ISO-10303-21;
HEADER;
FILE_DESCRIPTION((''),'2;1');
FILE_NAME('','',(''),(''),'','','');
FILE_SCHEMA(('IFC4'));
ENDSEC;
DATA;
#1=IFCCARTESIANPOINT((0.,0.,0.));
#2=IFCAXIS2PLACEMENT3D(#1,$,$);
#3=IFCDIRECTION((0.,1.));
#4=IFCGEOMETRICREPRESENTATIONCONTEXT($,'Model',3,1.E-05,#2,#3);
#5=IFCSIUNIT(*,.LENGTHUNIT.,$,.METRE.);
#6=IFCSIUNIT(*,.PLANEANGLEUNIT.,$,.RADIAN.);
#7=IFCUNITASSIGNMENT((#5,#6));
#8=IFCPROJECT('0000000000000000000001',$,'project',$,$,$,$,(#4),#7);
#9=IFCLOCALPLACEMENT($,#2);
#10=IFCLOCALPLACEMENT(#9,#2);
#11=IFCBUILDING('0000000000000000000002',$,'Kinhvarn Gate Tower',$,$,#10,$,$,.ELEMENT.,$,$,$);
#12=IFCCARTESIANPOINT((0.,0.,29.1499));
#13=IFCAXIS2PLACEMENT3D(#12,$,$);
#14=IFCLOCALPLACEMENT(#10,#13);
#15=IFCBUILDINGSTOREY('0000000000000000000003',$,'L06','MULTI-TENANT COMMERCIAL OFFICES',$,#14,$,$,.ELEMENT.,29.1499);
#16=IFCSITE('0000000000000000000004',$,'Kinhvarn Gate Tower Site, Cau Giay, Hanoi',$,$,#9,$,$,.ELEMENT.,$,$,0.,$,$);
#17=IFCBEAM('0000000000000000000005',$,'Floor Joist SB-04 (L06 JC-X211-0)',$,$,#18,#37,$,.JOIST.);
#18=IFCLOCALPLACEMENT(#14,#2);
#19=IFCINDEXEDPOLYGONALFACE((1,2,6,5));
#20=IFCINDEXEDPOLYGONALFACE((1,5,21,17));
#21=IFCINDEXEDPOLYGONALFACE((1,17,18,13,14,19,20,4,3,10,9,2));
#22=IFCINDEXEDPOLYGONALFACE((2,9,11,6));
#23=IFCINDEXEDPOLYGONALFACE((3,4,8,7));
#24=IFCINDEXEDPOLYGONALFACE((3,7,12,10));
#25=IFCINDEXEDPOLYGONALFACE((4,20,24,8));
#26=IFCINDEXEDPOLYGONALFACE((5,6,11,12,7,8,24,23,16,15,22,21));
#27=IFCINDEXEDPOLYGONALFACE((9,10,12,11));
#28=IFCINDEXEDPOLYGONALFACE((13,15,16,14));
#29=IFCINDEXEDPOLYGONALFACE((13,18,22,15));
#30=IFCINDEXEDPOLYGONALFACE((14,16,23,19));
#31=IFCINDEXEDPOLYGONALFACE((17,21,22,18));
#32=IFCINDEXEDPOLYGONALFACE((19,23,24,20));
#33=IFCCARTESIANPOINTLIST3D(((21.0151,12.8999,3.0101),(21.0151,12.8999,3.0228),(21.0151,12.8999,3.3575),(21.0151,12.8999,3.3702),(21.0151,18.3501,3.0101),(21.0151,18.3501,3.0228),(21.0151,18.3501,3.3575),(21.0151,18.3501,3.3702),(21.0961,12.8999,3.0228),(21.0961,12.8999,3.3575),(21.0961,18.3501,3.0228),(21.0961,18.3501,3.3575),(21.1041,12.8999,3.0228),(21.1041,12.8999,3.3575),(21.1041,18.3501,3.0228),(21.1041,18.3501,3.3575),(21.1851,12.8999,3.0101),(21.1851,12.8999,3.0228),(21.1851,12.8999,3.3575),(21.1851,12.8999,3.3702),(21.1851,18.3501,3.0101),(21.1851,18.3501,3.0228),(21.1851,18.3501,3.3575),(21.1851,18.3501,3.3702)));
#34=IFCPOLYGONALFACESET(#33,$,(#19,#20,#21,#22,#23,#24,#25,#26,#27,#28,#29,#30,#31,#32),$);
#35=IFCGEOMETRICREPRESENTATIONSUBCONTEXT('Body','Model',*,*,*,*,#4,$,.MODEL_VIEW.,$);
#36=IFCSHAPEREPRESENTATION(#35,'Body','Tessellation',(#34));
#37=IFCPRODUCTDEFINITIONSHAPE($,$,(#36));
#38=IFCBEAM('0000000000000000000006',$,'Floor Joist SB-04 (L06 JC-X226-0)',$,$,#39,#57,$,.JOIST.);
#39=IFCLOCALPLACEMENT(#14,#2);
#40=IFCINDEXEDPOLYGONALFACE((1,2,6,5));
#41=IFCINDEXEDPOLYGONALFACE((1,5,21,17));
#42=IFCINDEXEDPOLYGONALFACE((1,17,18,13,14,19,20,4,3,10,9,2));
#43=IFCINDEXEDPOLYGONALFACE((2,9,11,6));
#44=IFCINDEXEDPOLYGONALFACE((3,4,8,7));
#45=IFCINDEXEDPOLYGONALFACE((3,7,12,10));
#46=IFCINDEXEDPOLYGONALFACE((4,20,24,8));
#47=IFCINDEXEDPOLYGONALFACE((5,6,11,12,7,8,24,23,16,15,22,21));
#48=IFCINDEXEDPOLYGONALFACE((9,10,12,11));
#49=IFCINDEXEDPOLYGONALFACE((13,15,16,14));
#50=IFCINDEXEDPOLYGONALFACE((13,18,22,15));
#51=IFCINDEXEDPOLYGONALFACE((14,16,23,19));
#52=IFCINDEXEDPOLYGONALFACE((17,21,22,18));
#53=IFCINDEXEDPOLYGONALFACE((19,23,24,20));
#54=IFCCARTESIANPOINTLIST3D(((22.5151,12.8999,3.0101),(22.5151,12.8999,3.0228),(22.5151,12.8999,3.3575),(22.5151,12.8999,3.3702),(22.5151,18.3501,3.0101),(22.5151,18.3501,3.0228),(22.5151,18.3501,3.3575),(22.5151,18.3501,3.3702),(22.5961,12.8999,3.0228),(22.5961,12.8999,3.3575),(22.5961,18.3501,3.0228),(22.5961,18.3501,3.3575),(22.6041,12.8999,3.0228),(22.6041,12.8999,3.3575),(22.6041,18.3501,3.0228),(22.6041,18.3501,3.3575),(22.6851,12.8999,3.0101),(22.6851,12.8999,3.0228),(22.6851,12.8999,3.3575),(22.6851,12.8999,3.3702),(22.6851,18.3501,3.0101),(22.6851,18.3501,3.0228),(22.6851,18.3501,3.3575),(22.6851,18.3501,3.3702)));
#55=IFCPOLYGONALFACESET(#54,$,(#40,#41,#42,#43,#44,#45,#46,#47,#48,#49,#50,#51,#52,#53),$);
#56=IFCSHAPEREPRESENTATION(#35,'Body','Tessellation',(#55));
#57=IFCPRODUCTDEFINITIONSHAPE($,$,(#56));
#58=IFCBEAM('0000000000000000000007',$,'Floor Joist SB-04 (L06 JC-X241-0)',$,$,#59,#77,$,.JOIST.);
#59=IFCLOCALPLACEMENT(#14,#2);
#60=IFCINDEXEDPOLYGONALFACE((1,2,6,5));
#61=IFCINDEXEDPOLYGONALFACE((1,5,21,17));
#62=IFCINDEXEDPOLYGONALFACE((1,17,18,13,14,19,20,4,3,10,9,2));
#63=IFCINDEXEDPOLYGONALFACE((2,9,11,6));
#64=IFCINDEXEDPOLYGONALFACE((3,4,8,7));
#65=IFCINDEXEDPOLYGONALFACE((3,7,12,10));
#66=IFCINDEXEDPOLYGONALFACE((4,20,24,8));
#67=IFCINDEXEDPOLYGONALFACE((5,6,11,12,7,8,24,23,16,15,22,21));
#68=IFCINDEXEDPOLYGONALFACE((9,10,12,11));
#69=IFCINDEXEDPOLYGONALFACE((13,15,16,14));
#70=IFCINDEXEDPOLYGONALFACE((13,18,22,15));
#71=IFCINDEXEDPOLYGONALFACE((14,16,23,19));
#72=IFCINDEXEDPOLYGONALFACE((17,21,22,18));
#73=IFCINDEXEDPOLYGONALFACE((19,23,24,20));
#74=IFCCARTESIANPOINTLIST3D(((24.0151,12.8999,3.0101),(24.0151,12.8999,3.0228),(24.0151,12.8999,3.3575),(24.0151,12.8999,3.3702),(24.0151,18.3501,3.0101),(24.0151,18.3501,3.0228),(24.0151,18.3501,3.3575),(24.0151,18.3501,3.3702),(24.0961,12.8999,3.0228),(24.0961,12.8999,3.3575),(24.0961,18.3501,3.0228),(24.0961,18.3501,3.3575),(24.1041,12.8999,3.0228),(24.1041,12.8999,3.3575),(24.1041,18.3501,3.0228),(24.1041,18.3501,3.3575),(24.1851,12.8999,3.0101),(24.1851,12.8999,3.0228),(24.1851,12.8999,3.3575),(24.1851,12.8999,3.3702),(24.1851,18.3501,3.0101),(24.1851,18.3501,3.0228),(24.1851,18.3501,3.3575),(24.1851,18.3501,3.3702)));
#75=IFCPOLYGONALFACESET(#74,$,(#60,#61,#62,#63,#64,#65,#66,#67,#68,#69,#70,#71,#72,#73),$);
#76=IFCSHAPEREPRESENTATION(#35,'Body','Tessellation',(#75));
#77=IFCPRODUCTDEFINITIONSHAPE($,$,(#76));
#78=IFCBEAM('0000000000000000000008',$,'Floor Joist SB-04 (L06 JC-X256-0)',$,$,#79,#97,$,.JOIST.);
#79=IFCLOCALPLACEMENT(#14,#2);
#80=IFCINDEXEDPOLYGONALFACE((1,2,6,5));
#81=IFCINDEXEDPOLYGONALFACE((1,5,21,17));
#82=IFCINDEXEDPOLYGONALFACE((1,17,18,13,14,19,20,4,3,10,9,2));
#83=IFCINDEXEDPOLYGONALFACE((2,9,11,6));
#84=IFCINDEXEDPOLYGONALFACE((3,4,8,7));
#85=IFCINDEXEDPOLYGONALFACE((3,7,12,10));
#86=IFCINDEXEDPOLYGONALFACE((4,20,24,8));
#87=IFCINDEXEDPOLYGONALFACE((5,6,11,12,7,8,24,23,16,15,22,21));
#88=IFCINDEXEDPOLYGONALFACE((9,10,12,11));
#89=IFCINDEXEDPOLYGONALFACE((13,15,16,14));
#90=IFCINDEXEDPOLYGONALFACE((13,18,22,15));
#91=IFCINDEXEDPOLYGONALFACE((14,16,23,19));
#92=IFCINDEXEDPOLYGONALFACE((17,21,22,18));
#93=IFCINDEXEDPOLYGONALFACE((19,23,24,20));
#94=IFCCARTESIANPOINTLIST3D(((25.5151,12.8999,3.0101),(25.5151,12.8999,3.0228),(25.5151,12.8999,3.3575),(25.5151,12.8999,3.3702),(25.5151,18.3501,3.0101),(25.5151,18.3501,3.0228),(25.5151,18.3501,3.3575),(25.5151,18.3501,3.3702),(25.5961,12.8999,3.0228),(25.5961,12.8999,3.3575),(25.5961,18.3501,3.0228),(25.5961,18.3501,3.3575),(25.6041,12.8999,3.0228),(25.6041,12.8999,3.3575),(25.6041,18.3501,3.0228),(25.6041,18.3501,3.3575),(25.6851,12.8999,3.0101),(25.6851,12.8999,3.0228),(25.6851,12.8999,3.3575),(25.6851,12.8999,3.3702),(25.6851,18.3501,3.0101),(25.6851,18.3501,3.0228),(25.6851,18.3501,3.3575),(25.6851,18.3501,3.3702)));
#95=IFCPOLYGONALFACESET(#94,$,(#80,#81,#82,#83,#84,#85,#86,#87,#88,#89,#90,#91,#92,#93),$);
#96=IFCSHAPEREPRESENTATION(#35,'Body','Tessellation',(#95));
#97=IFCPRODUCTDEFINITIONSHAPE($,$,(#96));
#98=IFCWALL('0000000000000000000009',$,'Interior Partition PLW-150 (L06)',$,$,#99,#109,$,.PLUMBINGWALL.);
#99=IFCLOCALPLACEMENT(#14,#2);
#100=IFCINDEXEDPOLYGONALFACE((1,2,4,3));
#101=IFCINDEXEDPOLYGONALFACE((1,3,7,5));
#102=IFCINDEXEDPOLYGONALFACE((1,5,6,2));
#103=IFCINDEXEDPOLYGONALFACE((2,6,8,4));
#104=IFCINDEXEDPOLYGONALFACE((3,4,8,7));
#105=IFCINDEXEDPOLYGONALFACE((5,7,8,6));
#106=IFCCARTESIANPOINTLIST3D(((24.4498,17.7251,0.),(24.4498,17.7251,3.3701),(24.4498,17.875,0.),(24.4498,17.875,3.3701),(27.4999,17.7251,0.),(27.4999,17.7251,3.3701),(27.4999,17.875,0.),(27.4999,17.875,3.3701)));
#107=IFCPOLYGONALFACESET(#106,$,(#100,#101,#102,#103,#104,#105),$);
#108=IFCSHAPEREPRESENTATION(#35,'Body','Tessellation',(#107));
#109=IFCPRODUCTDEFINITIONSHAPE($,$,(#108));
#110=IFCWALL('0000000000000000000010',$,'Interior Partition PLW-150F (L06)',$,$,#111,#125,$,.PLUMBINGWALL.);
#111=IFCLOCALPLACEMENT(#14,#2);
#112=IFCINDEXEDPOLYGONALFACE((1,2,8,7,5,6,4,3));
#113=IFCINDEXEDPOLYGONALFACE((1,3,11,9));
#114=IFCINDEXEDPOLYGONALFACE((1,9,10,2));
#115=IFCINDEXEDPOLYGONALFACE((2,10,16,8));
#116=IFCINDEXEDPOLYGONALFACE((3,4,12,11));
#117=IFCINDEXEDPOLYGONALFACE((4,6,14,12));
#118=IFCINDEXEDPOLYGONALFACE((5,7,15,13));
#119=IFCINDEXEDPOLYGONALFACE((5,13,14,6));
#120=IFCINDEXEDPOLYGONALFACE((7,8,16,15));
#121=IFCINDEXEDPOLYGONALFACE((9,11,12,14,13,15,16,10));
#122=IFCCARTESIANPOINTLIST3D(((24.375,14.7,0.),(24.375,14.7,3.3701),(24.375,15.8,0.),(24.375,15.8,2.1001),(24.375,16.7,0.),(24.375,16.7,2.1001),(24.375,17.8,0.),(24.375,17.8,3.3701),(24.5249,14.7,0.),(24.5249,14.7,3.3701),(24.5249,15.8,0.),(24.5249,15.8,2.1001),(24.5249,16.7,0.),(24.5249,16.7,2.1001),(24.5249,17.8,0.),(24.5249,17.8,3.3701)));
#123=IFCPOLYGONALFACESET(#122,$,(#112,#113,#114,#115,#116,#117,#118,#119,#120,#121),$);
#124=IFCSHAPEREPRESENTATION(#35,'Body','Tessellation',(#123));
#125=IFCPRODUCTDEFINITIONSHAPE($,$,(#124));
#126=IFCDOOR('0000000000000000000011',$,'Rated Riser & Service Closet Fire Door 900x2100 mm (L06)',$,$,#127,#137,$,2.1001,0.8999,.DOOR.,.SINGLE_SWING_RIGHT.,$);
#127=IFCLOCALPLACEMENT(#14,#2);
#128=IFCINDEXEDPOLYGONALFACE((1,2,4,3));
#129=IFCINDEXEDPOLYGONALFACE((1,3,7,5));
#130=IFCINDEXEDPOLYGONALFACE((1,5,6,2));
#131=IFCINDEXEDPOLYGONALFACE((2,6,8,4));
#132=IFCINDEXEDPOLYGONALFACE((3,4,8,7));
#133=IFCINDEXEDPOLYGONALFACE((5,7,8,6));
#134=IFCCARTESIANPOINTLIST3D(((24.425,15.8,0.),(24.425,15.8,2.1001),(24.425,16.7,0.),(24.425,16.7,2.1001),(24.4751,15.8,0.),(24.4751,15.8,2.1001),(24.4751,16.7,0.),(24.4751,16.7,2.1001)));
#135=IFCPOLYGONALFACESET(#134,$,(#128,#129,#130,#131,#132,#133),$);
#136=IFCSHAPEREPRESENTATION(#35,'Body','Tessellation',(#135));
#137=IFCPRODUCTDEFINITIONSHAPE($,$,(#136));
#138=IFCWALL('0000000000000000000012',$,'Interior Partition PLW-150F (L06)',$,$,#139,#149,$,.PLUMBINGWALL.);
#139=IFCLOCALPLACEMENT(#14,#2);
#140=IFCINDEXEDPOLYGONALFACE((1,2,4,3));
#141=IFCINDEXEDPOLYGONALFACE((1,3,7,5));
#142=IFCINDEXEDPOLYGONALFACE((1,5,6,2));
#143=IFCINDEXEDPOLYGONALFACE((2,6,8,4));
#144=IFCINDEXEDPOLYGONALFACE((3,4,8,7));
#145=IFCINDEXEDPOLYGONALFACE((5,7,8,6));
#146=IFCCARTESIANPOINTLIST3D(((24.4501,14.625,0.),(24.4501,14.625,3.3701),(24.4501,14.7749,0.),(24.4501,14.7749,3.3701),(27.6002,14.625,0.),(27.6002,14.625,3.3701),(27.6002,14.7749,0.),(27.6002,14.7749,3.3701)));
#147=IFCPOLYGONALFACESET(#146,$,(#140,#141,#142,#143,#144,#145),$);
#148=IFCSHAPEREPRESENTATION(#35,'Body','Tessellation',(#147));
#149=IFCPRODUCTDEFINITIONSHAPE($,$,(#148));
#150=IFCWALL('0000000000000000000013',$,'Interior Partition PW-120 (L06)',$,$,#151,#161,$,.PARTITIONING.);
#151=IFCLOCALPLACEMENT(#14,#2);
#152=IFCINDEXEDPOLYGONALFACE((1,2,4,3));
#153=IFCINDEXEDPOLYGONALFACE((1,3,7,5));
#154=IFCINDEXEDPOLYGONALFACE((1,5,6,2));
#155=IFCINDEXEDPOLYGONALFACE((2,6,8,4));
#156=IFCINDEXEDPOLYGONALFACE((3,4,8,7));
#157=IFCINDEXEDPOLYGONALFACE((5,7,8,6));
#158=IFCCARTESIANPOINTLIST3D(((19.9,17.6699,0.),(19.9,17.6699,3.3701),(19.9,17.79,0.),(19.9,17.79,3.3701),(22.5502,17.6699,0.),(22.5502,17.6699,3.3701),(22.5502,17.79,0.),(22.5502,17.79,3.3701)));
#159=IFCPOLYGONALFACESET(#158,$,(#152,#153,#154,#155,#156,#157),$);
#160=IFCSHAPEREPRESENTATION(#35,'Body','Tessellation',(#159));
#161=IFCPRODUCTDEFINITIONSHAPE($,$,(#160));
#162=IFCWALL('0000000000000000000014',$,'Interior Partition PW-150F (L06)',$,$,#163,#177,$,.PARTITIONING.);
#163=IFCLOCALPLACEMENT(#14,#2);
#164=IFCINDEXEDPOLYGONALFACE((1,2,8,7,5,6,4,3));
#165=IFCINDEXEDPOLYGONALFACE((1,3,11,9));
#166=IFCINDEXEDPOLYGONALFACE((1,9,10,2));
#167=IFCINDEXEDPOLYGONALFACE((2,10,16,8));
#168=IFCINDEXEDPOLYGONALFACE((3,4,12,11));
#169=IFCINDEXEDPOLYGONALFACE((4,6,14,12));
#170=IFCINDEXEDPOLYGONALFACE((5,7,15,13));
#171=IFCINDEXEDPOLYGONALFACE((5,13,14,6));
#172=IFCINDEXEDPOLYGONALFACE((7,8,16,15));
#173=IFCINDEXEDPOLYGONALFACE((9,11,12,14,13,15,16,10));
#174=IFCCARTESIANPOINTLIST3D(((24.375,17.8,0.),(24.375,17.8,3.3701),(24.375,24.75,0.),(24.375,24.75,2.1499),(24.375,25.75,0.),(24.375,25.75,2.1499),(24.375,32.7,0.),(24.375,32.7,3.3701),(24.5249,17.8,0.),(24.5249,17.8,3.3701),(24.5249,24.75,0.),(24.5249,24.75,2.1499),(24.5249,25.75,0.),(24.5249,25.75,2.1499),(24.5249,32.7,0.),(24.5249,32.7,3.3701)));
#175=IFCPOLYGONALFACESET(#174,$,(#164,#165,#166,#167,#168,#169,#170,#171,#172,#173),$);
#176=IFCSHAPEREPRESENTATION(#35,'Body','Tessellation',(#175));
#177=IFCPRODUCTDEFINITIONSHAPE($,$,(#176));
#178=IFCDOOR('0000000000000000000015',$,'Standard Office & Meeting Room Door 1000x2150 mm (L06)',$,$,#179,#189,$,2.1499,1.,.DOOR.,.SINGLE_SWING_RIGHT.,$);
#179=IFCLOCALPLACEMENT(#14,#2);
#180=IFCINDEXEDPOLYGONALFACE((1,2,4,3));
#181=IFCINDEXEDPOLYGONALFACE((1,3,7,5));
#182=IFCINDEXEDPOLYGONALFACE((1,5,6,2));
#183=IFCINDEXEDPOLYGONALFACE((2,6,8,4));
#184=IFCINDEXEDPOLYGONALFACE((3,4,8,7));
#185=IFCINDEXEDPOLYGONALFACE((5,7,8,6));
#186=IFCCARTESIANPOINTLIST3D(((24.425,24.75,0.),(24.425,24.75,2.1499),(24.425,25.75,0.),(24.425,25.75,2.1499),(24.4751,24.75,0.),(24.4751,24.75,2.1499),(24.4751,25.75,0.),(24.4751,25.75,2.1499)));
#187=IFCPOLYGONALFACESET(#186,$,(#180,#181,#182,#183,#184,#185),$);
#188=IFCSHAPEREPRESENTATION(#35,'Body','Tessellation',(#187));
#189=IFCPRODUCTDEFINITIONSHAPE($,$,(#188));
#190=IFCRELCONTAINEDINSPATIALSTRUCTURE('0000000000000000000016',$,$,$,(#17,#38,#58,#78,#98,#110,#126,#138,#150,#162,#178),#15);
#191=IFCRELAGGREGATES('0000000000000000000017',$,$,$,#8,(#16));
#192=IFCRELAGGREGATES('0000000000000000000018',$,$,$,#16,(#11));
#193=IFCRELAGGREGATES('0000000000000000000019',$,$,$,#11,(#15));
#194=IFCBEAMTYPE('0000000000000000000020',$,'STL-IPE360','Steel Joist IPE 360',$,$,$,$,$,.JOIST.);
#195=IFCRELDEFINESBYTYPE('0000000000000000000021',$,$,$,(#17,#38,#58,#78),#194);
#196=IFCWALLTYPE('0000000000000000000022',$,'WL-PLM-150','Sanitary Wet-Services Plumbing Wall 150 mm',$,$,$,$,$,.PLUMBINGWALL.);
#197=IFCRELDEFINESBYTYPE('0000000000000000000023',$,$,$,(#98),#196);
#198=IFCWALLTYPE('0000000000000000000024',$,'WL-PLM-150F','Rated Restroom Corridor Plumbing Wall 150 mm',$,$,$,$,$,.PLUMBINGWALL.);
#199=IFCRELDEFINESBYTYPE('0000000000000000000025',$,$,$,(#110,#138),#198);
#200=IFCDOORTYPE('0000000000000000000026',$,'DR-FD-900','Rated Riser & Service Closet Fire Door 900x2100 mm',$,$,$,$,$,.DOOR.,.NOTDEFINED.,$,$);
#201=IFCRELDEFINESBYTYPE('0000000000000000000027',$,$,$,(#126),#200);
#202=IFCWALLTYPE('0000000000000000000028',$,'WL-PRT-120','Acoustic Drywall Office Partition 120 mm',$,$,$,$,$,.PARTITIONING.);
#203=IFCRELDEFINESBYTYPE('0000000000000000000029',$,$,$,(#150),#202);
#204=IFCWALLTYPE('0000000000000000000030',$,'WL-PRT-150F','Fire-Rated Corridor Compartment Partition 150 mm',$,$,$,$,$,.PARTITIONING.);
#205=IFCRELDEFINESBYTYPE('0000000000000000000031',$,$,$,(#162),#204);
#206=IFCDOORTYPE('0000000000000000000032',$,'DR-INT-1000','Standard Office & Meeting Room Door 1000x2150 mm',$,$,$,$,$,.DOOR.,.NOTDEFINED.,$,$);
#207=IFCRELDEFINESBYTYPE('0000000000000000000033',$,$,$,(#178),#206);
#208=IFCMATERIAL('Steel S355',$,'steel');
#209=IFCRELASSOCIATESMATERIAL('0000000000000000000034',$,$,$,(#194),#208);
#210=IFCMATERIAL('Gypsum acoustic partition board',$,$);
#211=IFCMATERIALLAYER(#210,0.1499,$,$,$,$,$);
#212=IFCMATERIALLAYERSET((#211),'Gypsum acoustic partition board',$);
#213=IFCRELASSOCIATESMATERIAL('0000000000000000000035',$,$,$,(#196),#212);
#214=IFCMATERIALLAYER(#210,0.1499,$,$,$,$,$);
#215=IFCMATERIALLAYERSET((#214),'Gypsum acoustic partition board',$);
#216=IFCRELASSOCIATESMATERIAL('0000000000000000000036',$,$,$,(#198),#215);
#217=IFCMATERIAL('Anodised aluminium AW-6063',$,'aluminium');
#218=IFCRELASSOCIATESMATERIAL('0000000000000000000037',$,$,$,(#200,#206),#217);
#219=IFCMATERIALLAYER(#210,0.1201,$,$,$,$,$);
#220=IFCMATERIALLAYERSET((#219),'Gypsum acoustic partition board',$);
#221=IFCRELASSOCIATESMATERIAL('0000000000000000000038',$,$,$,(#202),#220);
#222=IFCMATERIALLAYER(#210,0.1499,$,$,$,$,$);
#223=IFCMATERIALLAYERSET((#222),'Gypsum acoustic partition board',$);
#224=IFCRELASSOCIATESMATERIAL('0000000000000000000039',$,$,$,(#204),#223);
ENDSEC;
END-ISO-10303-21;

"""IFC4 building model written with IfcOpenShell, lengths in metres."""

from ifc_helpers import new_model, si_unit, direction, frame, frame_2d, origin, origin_2d, place, context, subcontext, project, spatial, rectangle, i_section, extrude, material, layer, layer_set, material_profile, profile_set, type_object, element, fill, save


model = new_model("IFC4")

# Units and contexts
model_context = context("Model", 3, precision=1e-05, world=origin(), true_north=direction((0.0, 1.0)))
body_context = subcontext(model_context, "Body", "Model", "MODEL_VIEW")
ifc_project = project(units=[si_unit("LENGTHUNIT", "METRE"), si_unit("PLANEANGLEUNIT", "RADIAN")], contexts=[model_context])

# Site, building, storey
site_placement = place(None, origin())
site = spatial("IfcSite", under=ifc_project, at=site_placement, Name="Kinhvarn Gate Tower Site, Cau Giay, Hanoi", CompositionType="ELEMENT", RefElevation=0.0)
building_placement = place(site_placement, origin())
building = spatial("IfcBuilding", under=site, at=building_placement, Name="Kinhvarn Gate Tower", CompositionType="ELEMENT")
storey_placement = place(building_placement, frame((0.0, 0.0, 29.1499)))
storey = spatial("IfcBuildingStorey", under=building, at=storey_placement, Name="L06", Description="MULTI-TENANT COMMERCIAL OFFICES", CompositionType="ELEMENT", Elevation=29.1499)

# Beams
ifc_material_1 = material(Name="Steel S355", Category="steel")
ifc_material_profile = material_profile(ifc_material_1, i_section(OverallWidth=0.1699, OverallDepth=0.3601, WebThickness=0.0081, FlangeThickness=0.0127, at=origin_2d()), Name="IPE 360")
ifc_profile_set = profile_set([ifc_material_profile], Name="Steel S355")
beam_type = type_object("IfcBeamType", Name="STL-IPE360", Description="Steel Joist IPE 360", PredefinedType="JOIST", material=ifc_profile_set)
for number, where, z_axis, x_axis, name in (
    (1, (21.1001, 12.8999, 3.1902), (0.0, 1.0, 0.0), (-1.0, 0.0, 0.0), "Floor Joist SB-04 (L06 JC-X211-0)"),
    (2, (22.6001, 12.8999, 3.1902), (0.0, 1.0, 0.0), (-1.0, 0.0, 0.0), "Floor Joist SB-04 (L06 JC-X226-0)"),
    (3, (24.1001, 12.8999, 3.1902), (0.0, 1.0, 0.0), (-1.0, 0.0, 0.0), "Floor Joist SB-04 (L06 JC-X241-0)"),
    (4, (25.6001, 12.8999, 3.1902), (0.0, 1.0, 0.0), (-1.0, 0.0, 0.0), "Floor Joist SB-04 (L06 JC-X256-0)"),
):
    element("IfcBeam", number, at=place(storey_placement, frame(where, z_axis=z_axis, x_axis=x_axis)), inside=storey, type_object=beam_type, Name=name, PredefinedType="JOIST", context=body_context, shape_type="SweptSolid", body=[
        extrude(i_section(OverallWidth=0.1699, OverallDepth=0.3601, WebThickness=0.0081, FlangeThickness=0.0127, at=origin_2d()), origin(), (0.0, 0.0, 1.0), 5.4502),
    ])

# Wall
ifc_material_2 = material(Name="Gypsum acoustic partition board")
ifc_layer_1 = layer(ifc_material_2, 0.1499)
ifc_layer_set_1 = layer_set([ifc_layer_1], Name="Gypsum acoustic partition board")
wall_type_1 = type_object("IfcWallType", Name="WL-PLM-150", Description="Sanitary Wet-Services Plumbing Wall 150 mm", PredefinedType="PLUMBINGWALL", material=ifc_layer_set_1)
wall_1_placement = place(storey_placement, frame((24.45, 17.8, 0.0), z_axis=(0.0, 0.0, 1.0), x_axis=(1.0, 0.0, 0.0)))
element("IfcWall", 5, at=wall_1_placement, inside=storey, type_object=wall_type_1, Name="Interior Partition PLW-150 (L06)", PredefinedType="PLUMBINGWALL", context=body_context, shape_type="SweptSolid", body=[
    extrude(rectangle(XDim=3.05, YDim=0.1499, at=frame_2d((1.5249, 0.0))), origin(), (0.0, 0.0, 1.0), 3.3701),
])

# Wall, opening, door
ifc_layer_2 = layer(ifc_material_2, 0.1499)
ifc_layer_set_2 = layer_set([ifc_layer_2], Name="Gypsum acoustic partition board")
wall_type_2 = type_object("IfcWallType", Name="WL-PLM-150F", Description="Rated Restroom Corridor Plumbing Wall 150 mm", PredefinedType="PLUMBINGWALL", material=ifc_layer_set_2)
wall_2_placement = place(storey_placement, frame((24.45, 14.7, 0.0), z_axis=(0.0, 0.0, 1.0), x_axis=(0.0, 1.0, 0.0)))
wall_2 = element("IfcWall", 6, at=wall_2_placement, inside=storey, type_object=wall_type_2, Name="Interior Partition PLW-150F (L06)", PredefinedType="PLUMBINGWALL", context=body_context, shape_type="SweptSolid", body=[
    extrude(rectangle(XDim=3.1001, YDim=0.1499, at=frame_2d((1.55, 0.0))), origin(), (0.0, 0.0, 1.0), 3.3701),
])
opening_1_placement = place(wall_2_placement, frame((1.1001, 0.0, 0.0)))
opening_1 = element("IfcOpeningElement", 7, at=opening_1_placement, cuts=wall_2, PredefinedType="OPENING", context=body_context, shape_type="SweptSolid", body=[
    extrude(rectangle(XDim=0.8999, YDim=2.1001, at=frame_2d((0.45, 1.05))), frame((0.0, 0.085, 0.0), z_axis=(0.0, -1.0, 0.0), x_axis=(1.0, 0.0, 0.0)), (0.0, 0.0, 1.0), 0.1699),
])
ifc_material_3 = material(Name="Anodised aluminium AW-6063", Category="aluminium")
door_type_1 = type_object("IfcDoorType", Name="DR-FD-900", Description="Rated Riser & Service Closet Fire Door 900x2100 mm", OperationType="NOTDEFINED", PredefinedType="DOOR", material=ifc_material_3)
door_1_placement = place(opening_1_placement, origin())
door_1 = element("IfcDoor", 8, at=door_1_placement, inside=storey, type_object=door_type_1, Name="Rated Riser & Service Closet Fire Door 900x2100 mm (L06)", OperationType="SINGLE_SWING_RIGHT", OverallHeight=2.1001, OverallWidth=0.8999, PredefinedType="DOOR", context=body_context, shape_type="SweptSolid", body=[
    extrude(rectangle(XDim=0.8999, YDim=2.1001, at=frame_2d((0.45, 1.05))), frame((0.0, 0.0249, 0.0), z_axis=(0.0, -1.0, 0.0), x_axis=(1.0, 0.0, 0.0)), (0.0, 0.0, 1.0), 0.05),
])
fill(opening_1, door_1)

# Walls
wall_3_placement = place(storey_placement, frame((24.45, 14.7, 0.0), z_axis=(0.0, 0.0, 1.0), x_axis=(1.0, 0.0, 0.0)))
element("IfcWall", 9, at=wall_3_placement, inside=storey, type_object=wall_type_2, Name="Interior Partition PLW-150F (L06)", PredefinedType="PLUMBINGWALL", context=body_context, shape_type="SweptSolid", body=[
    extrude(rectangle(XDim=3.1501, YDim=0.1499, at=frame_2d((1.5752, 0.0))), origin(), (0.0, 0.0, 1.0), 3.3701),
])
ifc_layer_3 = layer(ifc_material_2, 0.1201)
ifc_layer_set_3 = layer_set([ifc_layer_3], Name="Gypsum acoustic partition board")
wall_type_3 = type_object("IfcWallType", Name="WL-PRT-120", Description="Acoustic Drywall Office Partition 120 mm", PredefinedType="PARTITIONING", material=ifc_layer_set_3)
wall_4_placement = place(storey_placement, frame((19.8999, 17.73, 0.0), z_axis=(0.0, 0.0, 1.0), x_axis=(1.0, 0.0, 0.0)))
element("IfcWall", 10, at=wall_4_placement, inside=storey, type_object=wall_type_3, Name="Interior Partition PW-120 (L06)", PredefinedType="PARTITIONING", context=body_context, shape_type="SweptSolid", body=[
    extrude(rectangle(XDim=2.6501, YDim=0.1201, at=frame_2d((1.3252, 0.0))), origin(), (0.0, 0.0, 1.0), 3.3701),
])

# Wall, opening, door
ifc_layer_4 = layer(ifc_material_2, 0.1499)
ifc_layer_set_4 = layer_set([ifc_layer_4], Name="Gypsum acoustic partition board")
wall_type_4 = type_object("IfcWallType", Name="WL-PRT-150F", Description="Fire-Rated Corridor Compartment Partition 150 mm", PredefinedType="PARTITIONING", material=ifc_layer_set_4)
door_type_2 = type_object("IfcDoorType", Name="DR-INT-1000", Description="Standard Office & Meeting Room Door 1000x2150 mm", OperationType="NOTDEFINED", PredefinedType="DOOR", material=ifc_material_3)
wall_5_placement = place(storey_placement, frame((24.45, 17.8, 0.0), z_axis=(0.0, 0.0, 1.0), x_axis=(0.0, 1.0, 0.0)))
wall_5 = element("IfcWall", 11, at=wall_5_placement, inside=storey, type_object=wall_type_4, Name="Interior Partition PW-150F (L06)", PredefinedType="PARTITIONING", context=body_context, shape_type="SweptSolid", body=[
    extrude(rectangle(XDim=14.8999, YDim=0.1499, at=frame_2d((7.45, 0.0))), origin(), (0.0, 0.0, 1.0), 3.3701),
])
opening_2_placement = place(wall_5_placement, frame((6.95, 0.0, 0.0)))
opening_2 = element("IfcOpeningElement", 12, at=opening_2_placement, cuts=wall_5, PredefinedType="OPENING", context=body_context, shape_type="SweptSolid", body=[
    extrude(rectangle(XDim=1.0, YDim=2.1499, at=frame_2d((0.5, 1.075))), frame((0.0, 0.085, 0.0), z_axis=(0.0, -1.0, 0.0), x_axis=(1.0, 0.0, 0.0)), (0.0, 0.0, 1.0), 0.1699),
])
door_2_placement = place(opening_2_placement, origin())
door_2 = element("IfcDoor", 13, at=door_2_placement, inside=storey, type_object=door_type_2, Name="Standard Office & Meeting Room Door 1000x2150 mm (L06)", OperationType="SINGLE_SWING_RIGHT", OverallHeight=2.1499, OverallWidth=1.0, PredefinedType="DOOR", context=body_context, shape_type="SweptSolid", body=[
    extrude(rectangle(XDim=1.0, YDim=2.1499, at=frame_2d((0.5, 1.075))), frame((0.0, 0.0249, 0.0), z_axis=(0.0, -1.0, 0.0), x_axis=(1.0, 0.0, 0.0)), (0.0, 0.0, 1.0), 0.05),
])
fill(opening_2, door_2)

save(model, "model.ifc")
